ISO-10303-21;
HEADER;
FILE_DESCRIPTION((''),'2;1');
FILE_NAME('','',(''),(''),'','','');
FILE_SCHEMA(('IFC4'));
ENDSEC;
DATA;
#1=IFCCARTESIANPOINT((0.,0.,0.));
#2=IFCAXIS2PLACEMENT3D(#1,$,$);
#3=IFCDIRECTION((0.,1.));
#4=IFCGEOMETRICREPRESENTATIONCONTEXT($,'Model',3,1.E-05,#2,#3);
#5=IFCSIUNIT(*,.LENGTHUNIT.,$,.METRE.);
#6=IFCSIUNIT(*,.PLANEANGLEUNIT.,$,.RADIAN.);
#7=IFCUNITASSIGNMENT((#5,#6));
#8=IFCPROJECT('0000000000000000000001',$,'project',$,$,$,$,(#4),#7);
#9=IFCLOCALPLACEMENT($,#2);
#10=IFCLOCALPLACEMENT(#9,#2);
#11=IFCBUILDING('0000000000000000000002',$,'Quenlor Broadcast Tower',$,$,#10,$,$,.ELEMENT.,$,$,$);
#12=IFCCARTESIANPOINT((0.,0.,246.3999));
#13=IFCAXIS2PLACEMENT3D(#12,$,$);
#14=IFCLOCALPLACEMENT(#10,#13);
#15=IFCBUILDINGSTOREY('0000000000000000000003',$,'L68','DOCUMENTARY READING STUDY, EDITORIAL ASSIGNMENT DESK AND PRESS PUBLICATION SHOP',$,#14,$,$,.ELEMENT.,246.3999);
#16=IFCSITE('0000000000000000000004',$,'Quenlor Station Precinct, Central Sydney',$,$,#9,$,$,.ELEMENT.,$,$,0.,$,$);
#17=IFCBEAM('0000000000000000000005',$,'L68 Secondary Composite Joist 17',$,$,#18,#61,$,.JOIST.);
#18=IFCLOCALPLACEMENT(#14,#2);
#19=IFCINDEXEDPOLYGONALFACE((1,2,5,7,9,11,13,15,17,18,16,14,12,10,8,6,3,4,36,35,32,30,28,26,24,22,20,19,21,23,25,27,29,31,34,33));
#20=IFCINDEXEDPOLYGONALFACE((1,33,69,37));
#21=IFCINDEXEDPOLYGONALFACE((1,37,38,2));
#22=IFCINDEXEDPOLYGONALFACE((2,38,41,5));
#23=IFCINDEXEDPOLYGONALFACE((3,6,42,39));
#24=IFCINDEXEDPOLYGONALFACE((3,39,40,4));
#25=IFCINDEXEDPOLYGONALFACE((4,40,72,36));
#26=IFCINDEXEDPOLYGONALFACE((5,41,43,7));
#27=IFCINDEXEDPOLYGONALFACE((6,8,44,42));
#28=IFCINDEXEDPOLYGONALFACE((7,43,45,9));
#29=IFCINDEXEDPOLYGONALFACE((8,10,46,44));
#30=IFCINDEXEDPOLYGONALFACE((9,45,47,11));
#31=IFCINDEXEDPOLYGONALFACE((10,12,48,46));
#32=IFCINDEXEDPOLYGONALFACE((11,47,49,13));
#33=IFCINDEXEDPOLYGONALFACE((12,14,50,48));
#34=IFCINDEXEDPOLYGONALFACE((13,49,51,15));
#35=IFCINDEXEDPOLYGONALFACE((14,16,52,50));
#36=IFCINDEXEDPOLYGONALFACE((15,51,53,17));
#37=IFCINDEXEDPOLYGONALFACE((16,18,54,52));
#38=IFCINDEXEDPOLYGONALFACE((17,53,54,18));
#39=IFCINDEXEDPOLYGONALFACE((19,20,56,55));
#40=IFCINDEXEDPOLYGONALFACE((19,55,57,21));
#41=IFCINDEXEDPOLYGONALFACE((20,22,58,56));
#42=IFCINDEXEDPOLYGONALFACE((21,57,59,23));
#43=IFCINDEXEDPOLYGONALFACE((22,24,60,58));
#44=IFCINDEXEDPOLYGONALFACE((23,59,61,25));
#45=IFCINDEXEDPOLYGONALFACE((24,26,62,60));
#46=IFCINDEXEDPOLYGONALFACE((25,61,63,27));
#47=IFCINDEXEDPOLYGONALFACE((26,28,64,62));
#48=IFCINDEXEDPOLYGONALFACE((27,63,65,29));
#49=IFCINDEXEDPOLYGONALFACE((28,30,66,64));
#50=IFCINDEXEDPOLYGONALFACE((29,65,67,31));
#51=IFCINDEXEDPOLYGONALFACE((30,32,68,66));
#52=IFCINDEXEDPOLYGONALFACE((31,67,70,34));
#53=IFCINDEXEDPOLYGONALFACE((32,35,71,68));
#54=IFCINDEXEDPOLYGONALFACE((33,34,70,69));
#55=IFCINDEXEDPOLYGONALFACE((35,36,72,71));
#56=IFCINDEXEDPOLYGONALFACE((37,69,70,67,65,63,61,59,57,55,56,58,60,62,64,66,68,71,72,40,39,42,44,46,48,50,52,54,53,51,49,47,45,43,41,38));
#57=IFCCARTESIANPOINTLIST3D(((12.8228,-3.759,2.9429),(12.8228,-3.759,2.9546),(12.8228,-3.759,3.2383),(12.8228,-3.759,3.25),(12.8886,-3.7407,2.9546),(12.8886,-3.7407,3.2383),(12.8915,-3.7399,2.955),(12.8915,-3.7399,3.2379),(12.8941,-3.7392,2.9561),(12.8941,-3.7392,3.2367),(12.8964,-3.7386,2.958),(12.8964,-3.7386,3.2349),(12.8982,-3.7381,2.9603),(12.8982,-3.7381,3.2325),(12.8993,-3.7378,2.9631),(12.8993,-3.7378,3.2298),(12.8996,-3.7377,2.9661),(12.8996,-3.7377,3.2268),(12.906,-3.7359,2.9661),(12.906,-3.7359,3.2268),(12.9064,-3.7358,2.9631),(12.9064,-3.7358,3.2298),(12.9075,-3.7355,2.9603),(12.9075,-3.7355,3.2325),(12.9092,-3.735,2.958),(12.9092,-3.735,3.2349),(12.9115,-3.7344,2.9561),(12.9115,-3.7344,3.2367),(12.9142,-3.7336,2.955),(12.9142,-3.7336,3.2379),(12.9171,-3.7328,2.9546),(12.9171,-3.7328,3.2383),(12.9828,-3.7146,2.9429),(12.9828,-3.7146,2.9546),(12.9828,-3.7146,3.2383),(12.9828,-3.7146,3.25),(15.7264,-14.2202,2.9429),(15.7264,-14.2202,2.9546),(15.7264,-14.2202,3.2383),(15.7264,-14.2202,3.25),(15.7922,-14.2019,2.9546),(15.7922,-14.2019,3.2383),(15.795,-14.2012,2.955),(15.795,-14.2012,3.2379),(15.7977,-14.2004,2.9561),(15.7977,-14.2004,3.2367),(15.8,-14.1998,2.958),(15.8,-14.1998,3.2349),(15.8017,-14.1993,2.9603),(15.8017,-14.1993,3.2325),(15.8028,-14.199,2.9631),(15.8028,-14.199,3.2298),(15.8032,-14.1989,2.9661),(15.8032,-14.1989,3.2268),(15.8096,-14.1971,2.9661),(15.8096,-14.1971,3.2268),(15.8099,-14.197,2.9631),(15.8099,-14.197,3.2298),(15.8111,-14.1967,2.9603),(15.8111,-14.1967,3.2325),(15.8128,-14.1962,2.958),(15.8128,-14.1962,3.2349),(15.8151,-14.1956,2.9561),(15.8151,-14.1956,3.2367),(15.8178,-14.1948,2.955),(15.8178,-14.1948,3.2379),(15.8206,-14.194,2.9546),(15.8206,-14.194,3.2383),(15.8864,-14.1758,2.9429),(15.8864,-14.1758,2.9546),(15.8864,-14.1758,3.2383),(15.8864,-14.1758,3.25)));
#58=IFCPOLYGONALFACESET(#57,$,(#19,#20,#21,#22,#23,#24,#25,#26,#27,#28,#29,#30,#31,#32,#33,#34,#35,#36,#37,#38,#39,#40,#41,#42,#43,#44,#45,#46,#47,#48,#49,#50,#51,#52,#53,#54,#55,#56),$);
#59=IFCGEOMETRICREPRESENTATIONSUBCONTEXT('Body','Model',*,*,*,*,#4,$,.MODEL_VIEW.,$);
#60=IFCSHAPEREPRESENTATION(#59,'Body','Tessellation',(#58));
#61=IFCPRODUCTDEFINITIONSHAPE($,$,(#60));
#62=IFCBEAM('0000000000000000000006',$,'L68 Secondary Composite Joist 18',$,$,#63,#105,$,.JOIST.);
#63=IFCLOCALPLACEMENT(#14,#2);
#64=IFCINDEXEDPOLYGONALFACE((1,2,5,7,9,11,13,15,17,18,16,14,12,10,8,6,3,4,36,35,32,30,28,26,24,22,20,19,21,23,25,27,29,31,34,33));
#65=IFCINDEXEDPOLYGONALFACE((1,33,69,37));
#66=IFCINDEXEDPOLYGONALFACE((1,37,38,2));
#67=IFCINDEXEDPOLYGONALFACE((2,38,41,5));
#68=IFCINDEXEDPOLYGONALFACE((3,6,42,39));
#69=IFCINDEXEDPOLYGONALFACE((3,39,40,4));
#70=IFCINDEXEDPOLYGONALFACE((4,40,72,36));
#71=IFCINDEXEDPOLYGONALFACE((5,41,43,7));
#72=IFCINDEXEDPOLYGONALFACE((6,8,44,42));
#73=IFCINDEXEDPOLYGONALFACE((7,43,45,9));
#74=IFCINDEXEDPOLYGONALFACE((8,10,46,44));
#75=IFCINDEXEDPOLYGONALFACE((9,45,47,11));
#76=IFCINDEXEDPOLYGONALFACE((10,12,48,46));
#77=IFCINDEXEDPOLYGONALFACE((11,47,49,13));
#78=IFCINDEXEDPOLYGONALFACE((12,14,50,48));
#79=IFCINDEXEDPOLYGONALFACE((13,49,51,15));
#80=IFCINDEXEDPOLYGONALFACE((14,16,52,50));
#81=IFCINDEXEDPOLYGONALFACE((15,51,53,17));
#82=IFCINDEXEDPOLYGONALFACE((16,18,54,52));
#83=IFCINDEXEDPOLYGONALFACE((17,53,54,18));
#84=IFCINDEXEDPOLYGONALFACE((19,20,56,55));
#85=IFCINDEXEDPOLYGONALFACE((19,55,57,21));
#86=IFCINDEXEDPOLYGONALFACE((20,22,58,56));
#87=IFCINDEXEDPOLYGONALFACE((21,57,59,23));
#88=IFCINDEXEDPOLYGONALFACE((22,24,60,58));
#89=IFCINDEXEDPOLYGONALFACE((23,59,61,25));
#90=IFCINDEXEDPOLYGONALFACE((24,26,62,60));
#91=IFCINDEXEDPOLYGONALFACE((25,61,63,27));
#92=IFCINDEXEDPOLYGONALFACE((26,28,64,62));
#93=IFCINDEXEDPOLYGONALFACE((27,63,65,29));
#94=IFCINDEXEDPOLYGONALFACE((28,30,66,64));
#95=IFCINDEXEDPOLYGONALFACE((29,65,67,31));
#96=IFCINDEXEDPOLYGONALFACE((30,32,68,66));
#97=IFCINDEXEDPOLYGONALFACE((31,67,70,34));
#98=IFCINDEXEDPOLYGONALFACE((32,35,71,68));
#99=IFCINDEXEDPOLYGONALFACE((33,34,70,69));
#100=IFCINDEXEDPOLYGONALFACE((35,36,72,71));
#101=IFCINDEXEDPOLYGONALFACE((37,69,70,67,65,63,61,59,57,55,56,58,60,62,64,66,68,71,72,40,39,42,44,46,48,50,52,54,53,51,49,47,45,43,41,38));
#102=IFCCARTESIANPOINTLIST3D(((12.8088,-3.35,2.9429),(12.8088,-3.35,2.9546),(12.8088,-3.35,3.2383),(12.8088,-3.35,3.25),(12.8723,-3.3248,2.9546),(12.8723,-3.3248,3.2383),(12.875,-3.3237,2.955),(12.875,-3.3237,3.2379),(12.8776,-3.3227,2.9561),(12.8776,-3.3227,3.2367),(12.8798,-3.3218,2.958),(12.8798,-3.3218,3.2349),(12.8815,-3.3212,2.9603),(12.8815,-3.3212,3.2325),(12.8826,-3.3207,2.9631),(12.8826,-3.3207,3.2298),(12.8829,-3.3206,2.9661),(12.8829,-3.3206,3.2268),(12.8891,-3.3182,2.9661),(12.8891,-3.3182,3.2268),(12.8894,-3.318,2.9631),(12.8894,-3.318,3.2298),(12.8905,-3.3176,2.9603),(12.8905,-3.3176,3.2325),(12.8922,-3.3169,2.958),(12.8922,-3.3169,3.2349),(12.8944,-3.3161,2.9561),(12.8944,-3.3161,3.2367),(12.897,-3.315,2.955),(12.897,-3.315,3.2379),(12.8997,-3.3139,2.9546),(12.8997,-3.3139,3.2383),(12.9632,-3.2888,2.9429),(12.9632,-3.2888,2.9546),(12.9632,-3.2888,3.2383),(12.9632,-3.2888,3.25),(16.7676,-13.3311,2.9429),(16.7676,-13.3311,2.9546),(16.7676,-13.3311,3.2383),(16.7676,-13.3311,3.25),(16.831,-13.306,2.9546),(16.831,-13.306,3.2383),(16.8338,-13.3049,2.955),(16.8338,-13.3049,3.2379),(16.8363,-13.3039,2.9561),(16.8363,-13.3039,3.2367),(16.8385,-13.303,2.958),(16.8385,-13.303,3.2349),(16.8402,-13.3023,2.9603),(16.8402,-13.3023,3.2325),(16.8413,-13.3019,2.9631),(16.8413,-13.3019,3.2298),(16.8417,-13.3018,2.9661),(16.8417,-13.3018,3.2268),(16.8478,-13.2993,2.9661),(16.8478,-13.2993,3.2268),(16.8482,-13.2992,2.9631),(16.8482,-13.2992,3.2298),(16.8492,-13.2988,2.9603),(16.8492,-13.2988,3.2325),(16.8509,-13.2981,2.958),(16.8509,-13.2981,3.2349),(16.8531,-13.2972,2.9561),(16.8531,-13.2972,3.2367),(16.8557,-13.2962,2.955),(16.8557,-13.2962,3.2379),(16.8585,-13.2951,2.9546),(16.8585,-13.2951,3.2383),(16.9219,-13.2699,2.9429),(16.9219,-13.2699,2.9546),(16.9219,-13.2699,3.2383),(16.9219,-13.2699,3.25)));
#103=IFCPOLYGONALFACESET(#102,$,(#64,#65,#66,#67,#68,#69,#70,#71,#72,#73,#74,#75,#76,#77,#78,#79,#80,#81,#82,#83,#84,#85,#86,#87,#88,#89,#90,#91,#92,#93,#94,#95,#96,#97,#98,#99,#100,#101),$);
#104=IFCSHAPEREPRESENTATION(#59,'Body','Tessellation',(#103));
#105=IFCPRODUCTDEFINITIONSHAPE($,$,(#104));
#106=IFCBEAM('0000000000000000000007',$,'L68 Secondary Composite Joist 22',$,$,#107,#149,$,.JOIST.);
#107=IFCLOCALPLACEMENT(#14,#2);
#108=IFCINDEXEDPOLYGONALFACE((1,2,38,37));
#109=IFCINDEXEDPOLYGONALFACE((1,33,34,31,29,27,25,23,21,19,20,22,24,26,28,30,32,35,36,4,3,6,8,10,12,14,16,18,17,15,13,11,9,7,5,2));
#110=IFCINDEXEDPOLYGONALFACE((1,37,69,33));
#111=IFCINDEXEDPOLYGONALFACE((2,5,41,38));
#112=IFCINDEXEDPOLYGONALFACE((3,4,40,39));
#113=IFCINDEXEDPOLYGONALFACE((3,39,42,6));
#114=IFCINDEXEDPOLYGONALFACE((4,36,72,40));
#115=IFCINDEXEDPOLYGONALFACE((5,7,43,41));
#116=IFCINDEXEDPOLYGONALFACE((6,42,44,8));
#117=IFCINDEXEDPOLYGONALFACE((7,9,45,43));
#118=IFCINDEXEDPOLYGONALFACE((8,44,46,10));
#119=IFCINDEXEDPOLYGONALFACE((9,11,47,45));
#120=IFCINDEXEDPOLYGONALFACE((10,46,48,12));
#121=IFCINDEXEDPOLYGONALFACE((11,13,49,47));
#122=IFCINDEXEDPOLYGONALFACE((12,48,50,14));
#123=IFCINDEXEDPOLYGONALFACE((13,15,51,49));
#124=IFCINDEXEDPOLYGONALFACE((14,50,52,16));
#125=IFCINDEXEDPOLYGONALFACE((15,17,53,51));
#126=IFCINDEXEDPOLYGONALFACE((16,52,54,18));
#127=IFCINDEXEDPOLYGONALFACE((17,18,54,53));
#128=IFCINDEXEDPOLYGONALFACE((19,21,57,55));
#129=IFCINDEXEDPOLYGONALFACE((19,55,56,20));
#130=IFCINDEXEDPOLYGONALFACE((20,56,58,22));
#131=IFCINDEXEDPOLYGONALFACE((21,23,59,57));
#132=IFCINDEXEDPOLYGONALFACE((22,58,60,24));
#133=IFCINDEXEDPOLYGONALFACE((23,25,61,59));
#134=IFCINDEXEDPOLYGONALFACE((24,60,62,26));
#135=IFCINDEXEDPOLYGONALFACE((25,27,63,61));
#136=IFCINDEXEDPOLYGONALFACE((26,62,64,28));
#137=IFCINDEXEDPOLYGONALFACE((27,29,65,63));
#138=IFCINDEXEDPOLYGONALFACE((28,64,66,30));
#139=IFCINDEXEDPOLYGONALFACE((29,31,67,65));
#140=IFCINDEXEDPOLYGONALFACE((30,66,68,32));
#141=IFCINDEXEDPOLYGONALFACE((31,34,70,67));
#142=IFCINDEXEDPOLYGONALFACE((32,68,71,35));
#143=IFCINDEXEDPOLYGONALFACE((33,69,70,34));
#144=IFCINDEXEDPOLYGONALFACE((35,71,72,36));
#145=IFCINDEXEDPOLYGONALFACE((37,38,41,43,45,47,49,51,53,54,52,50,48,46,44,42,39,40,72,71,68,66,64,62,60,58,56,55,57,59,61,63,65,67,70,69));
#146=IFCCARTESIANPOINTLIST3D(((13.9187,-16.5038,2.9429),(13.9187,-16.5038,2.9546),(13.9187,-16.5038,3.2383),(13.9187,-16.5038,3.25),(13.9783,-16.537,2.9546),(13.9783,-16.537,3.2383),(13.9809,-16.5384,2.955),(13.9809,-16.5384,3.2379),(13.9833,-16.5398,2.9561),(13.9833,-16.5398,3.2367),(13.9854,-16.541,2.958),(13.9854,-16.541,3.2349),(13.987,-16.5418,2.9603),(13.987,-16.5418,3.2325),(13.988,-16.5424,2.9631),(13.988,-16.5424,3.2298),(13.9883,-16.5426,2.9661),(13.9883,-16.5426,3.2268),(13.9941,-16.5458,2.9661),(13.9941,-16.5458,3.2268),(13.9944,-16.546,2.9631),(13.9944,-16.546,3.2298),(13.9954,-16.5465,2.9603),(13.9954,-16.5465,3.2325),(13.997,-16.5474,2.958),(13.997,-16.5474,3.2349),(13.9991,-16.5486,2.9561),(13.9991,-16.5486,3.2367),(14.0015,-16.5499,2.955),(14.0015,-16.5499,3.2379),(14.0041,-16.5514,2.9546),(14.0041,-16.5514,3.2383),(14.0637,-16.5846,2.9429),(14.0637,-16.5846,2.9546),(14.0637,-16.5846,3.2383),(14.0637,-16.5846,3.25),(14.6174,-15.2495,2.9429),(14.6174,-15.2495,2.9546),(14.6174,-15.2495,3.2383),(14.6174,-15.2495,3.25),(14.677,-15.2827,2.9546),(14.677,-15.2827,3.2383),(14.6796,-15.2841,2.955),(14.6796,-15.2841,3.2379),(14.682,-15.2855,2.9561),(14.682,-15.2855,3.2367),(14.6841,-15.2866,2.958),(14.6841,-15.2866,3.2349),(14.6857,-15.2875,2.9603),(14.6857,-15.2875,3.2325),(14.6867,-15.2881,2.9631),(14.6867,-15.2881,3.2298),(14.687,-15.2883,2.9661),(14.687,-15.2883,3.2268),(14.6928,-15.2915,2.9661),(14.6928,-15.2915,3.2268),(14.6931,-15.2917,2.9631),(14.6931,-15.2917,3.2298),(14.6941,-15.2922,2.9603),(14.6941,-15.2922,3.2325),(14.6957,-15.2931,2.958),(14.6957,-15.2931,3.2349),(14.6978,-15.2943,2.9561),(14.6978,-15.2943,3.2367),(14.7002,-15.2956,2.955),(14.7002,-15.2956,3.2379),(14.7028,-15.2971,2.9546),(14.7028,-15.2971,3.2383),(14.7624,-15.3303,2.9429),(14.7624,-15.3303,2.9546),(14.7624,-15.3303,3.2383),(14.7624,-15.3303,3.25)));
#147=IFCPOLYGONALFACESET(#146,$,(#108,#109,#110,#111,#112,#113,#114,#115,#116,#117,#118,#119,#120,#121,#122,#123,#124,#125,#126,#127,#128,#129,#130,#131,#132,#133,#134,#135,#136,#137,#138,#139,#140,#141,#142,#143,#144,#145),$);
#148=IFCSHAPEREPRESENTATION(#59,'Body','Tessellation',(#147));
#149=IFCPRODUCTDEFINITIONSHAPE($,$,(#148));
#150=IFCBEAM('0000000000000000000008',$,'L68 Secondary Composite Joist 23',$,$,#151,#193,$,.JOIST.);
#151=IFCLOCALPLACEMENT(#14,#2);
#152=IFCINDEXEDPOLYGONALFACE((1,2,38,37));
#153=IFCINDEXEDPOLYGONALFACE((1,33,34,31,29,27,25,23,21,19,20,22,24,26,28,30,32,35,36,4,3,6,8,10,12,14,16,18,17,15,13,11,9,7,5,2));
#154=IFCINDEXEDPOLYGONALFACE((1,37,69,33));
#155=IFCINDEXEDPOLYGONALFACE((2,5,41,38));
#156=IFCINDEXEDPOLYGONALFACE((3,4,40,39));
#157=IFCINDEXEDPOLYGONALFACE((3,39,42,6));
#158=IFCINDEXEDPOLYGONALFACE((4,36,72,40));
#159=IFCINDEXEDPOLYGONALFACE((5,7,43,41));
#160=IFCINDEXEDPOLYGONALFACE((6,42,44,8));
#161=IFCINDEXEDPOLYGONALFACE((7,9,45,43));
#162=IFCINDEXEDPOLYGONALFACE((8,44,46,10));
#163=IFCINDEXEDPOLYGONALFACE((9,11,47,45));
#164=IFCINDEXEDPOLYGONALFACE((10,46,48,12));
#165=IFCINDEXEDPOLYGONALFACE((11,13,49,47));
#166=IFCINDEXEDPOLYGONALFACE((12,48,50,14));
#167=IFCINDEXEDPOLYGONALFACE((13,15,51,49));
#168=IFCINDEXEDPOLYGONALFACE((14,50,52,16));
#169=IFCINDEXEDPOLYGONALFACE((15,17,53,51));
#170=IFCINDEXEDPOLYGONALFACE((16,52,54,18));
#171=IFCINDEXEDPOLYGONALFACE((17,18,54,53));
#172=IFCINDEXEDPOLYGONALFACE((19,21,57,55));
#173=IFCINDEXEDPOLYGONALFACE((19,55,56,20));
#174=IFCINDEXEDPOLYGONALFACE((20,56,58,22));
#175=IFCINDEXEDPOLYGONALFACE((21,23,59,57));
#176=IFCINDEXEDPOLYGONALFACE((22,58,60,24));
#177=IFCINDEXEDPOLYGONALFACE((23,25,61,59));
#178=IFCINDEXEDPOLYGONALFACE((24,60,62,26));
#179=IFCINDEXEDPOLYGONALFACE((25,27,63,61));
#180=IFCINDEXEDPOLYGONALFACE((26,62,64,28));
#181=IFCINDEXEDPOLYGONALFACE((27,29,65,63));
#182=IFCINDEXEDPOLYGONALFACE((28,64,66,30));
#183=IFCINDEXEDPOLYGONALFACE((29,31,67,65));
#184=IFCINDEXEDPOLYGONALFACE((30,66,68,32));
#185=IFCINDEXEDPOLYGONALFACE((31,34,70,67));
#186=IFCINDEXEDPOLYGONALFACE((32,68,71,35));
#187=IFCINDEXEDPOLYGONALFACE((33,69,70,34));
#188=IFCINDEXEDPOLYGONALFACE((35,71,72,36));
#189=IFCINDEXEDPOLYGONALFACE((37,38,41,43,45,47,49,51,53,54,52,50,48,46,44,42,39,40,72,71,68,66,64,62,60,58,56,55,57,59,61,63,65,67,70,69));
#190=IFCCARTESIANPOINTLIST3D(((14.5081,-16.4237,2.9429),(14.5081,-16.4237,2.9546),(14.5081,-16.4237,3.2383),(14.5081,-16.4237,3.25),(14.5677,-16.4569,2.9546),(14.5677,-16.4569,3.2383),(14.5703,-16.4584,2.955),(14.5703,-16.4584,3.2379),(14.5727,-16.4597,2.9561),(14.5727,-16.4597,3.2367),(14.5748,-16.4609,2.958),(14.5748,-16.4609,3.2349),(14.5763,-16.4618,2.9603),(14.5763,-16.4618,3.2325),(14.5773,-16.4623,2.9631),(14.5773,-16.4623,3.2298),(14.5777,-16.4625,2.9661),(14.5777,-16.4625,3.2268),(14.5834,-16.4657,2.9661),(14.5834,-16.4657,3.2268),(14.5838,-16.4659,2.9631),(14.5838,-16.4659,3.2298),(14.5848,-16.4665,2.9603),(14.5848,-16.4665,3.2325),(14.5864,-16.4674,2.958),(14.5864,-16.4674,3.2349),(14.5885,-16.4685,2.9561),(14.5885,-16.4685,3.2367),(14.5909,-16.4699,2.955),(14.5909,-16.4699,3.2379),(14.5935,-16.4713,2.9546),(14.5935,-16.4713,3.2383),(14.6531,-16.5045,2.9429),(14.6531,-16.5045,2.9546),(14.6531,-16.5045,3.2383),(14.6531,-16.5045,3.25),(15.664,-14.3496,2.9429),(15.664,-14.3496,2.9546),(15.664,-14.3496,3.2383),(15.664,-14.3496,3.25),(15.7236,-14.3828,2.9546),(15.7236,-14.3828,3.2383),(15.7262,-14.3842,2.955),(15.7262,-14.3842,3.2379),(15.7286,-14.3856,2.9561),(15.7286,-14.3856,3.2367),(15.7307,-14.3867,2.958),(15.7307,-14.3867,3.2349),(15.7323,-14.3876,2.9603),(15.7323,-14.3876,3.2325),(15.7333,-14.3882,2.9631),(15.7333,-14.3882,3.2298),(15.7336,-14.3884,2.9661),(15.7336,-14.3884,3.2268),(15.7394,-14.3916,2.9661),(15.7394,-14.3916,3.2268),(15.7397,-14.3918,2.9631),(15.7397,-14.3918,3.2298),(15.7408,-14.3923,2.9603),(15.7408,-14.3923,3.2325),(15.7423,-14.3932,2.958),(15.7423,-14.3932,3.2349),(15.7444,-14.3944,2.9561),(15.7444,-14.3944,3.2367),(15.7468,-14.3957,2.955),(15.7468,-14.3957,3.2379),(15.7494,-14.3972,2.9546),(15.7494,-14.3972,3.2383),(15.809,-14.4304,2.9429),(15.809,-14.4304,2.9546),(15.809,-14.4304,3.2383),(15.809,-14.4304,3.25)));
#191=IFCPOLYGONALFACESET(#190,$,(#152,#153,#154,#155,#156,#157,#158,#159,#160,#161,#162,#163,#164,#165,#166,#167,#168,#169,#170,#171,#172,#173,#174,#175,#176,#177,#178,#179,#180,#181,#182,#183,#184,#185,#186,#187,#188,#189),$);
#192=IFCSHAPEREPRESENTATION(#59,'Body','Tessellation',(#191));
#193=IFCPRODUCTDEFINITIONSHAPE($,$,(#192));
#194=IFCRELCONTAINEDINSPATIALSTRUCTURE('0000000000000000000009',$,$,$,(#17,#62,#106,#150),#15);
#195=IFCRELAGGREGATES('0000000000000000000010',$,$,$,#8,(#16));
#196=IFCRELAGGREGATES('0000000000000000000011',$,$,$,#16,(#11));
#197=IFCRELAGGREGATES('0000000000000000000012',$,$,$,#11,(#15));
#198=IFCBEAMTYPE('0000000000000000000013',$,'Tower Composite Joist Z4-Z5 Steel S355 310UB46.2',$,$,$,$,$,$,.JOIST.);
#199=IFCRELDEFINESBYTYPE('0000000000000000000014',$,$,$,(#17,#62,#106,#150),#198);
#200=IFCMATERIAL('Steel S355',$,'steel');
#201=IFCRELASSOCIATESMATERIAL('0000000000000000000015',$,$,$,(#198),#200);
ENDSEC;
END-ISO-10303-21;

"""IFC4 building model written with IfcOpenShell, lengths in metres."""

from ifc_helpers import new_model, si_unit, direction, frame, origin, origin_2d, place, context, subcontext, project, spatial, i_section, extrude, material, material_profile, profile_set, type_object, element, save


model = new_model("IFC4")

# Units and contexts
model_context = context("Model", 3, precision=1e-05, world=origin(), true_north=direction((0.0, 1.0)))
body_context = subcontext(model_context, "Body", "Model", "MODEL_VIEW")
ifc_project = project(units=[si_unit("LENGTHUNIT", "METRE"), si_unit("PLANEANGLEUNIT", "RADIAN")], contexts=[model_context])

# Site, building, storey
site_placement = place(None, origin())
site = spatial("IfcSite", under=ifc_project, at=site_placement, Name="Quenlor Station Precinct, Central Sydney", CompositionType="ELEMENT", RefElevation=0.0)
building_placement = place(site_placement, origin())
building = spatial("IfcBuilding", under=site, at=building_placement, Name="Quenlor Broadcast Tower", CompositionType="ELEMENT")
storey_placement = place(building_placement, frame((0.0, 0.0, 246.3999)))
storey = spatial("IfcBuildingStorey", under=building, at=storey_placement, Name="L68", Description="DOCUMENTARY READING STUDY, EDITORIAL ASSIGNMENT DESK AND PRESS PUBLICATION SHOP", CompositionType="ELEMENT", Elevation=246.3999)

# Beams
ifc_material_1 = material(Name="Steel S355", Category="steel")
ifc_material_profile_1 = material_profile(ifc_material_1, i_section(OverallWidth=0.166, OverallDepth=0.3071, WebThickness=0.0066, FlangeThickness=0.0117, FilletRadius=0.0115, at=origin_2d()))
ifc_profile_set_1 = profile_set([ifc_material_profile_1], Name="Steel S355 310UB46.2")
beam_type_1 = type_object("IfcBeamType", Name="Tower Composite Joist Z4-Z5 Steel S355 310UB46.2", PredefinedType="JOIST", material=ifc_profile_set_1)
beam_1_placement = place(storey_placement, frame((15.8064, -14.198, 3.0964), z_axis=(-0.267446, 0.963573, 0.0), x_axis=(-0.963573, -0.267446, 0.0)))
element("IfcBeam", 1, at=beam_1_placement, inside=storey, type_object=beam_type_1, Name="L68 Secondary Composite Joist 17", PredefinedType="JOIST", context=body_context, shape_type="SweptSolid", body=[
    extrude(i_section(OverallWidth=0.166, OverallDepth=0.3071, WebThickness=0.0066, FlangeThickness=0.0117, FilletRadius=0.0115, at=origin_2d()), origin(), (0.0, 0.0, 1.0), 10.8567),
])
beam_2_placement = place(storey_placement, frame((16.8447, -13.3005, 3.0964), z_axis=(-0.36868, 0.929556, 0.0), x_axis=(-0.929556, -0.36868, 0.0)))
element("IfcBeam", 2, at=beam_2_placement, inside=storey, type_object=beam_type_1, Name="L68 Secondary Composite Joist 18", PredefinedType="JOIST", context=body_context, shape_type="SweptSolid", body=[
    extrude(i_section(OverallWidth=0.166, OverallDepth=0.3071, WebThickness=0.0066, FlangeThickness=0.0117, FilletRadius=0.0115, at=origin_2d()), origin(), (0.0, 0.0, 1.0), 10.7375),
])
beam_3_placement = place(storey_placement, frame((13.9912, -16.5442, 3.0964), z_axis=(0.486624, 0.873611, 0.0), x_axis=(-0.873611, 0.486624, 0.0)))
element("IfcBeam", 3, at=beam_3_placement, inside=storey, type_object=beam_type_1, Name="L68 Secondary Composite Joist 22", PredefinedType="JOIST", context=body_context, shape_type="SweptSolid", body=[
    extrude(i_section(OverallWidth=0.166, OverallDepth=0.3071, WebThickness=0.0066, FlangeThickness=0.0117, FilletRadius=0.0115, at=origin_2d()), origin(), (0.0, 0.0, 1.0), 1.4358),
])
beam_4_placement = place(storey_placement, frame((14.5806, -16.4641, 3.0964), z_axis=(0.486821, 0.873502, 0.0), x_axis=(-0.873502, 0.486821, 0.0)))
element("IfcBeam", 4, at=beam_4_placement, inside=storey, type_object=beam_type_1, Name="L68 Secondary Composite Joist 23", PredefinedType="JOIST", context=body_context, shape_type="SweptSolid", body=[
    extrude(i_section(OverallWidth=0.166, OverallDepth=0.3071, WebThickness=0.0066, FlangeThickness=0.0117, FilletRadius=0.0115, at=origin_2d()), origin(), (0.0, 0.0, 1.0), 2.3745),
])

save(model, "model.ifc")
